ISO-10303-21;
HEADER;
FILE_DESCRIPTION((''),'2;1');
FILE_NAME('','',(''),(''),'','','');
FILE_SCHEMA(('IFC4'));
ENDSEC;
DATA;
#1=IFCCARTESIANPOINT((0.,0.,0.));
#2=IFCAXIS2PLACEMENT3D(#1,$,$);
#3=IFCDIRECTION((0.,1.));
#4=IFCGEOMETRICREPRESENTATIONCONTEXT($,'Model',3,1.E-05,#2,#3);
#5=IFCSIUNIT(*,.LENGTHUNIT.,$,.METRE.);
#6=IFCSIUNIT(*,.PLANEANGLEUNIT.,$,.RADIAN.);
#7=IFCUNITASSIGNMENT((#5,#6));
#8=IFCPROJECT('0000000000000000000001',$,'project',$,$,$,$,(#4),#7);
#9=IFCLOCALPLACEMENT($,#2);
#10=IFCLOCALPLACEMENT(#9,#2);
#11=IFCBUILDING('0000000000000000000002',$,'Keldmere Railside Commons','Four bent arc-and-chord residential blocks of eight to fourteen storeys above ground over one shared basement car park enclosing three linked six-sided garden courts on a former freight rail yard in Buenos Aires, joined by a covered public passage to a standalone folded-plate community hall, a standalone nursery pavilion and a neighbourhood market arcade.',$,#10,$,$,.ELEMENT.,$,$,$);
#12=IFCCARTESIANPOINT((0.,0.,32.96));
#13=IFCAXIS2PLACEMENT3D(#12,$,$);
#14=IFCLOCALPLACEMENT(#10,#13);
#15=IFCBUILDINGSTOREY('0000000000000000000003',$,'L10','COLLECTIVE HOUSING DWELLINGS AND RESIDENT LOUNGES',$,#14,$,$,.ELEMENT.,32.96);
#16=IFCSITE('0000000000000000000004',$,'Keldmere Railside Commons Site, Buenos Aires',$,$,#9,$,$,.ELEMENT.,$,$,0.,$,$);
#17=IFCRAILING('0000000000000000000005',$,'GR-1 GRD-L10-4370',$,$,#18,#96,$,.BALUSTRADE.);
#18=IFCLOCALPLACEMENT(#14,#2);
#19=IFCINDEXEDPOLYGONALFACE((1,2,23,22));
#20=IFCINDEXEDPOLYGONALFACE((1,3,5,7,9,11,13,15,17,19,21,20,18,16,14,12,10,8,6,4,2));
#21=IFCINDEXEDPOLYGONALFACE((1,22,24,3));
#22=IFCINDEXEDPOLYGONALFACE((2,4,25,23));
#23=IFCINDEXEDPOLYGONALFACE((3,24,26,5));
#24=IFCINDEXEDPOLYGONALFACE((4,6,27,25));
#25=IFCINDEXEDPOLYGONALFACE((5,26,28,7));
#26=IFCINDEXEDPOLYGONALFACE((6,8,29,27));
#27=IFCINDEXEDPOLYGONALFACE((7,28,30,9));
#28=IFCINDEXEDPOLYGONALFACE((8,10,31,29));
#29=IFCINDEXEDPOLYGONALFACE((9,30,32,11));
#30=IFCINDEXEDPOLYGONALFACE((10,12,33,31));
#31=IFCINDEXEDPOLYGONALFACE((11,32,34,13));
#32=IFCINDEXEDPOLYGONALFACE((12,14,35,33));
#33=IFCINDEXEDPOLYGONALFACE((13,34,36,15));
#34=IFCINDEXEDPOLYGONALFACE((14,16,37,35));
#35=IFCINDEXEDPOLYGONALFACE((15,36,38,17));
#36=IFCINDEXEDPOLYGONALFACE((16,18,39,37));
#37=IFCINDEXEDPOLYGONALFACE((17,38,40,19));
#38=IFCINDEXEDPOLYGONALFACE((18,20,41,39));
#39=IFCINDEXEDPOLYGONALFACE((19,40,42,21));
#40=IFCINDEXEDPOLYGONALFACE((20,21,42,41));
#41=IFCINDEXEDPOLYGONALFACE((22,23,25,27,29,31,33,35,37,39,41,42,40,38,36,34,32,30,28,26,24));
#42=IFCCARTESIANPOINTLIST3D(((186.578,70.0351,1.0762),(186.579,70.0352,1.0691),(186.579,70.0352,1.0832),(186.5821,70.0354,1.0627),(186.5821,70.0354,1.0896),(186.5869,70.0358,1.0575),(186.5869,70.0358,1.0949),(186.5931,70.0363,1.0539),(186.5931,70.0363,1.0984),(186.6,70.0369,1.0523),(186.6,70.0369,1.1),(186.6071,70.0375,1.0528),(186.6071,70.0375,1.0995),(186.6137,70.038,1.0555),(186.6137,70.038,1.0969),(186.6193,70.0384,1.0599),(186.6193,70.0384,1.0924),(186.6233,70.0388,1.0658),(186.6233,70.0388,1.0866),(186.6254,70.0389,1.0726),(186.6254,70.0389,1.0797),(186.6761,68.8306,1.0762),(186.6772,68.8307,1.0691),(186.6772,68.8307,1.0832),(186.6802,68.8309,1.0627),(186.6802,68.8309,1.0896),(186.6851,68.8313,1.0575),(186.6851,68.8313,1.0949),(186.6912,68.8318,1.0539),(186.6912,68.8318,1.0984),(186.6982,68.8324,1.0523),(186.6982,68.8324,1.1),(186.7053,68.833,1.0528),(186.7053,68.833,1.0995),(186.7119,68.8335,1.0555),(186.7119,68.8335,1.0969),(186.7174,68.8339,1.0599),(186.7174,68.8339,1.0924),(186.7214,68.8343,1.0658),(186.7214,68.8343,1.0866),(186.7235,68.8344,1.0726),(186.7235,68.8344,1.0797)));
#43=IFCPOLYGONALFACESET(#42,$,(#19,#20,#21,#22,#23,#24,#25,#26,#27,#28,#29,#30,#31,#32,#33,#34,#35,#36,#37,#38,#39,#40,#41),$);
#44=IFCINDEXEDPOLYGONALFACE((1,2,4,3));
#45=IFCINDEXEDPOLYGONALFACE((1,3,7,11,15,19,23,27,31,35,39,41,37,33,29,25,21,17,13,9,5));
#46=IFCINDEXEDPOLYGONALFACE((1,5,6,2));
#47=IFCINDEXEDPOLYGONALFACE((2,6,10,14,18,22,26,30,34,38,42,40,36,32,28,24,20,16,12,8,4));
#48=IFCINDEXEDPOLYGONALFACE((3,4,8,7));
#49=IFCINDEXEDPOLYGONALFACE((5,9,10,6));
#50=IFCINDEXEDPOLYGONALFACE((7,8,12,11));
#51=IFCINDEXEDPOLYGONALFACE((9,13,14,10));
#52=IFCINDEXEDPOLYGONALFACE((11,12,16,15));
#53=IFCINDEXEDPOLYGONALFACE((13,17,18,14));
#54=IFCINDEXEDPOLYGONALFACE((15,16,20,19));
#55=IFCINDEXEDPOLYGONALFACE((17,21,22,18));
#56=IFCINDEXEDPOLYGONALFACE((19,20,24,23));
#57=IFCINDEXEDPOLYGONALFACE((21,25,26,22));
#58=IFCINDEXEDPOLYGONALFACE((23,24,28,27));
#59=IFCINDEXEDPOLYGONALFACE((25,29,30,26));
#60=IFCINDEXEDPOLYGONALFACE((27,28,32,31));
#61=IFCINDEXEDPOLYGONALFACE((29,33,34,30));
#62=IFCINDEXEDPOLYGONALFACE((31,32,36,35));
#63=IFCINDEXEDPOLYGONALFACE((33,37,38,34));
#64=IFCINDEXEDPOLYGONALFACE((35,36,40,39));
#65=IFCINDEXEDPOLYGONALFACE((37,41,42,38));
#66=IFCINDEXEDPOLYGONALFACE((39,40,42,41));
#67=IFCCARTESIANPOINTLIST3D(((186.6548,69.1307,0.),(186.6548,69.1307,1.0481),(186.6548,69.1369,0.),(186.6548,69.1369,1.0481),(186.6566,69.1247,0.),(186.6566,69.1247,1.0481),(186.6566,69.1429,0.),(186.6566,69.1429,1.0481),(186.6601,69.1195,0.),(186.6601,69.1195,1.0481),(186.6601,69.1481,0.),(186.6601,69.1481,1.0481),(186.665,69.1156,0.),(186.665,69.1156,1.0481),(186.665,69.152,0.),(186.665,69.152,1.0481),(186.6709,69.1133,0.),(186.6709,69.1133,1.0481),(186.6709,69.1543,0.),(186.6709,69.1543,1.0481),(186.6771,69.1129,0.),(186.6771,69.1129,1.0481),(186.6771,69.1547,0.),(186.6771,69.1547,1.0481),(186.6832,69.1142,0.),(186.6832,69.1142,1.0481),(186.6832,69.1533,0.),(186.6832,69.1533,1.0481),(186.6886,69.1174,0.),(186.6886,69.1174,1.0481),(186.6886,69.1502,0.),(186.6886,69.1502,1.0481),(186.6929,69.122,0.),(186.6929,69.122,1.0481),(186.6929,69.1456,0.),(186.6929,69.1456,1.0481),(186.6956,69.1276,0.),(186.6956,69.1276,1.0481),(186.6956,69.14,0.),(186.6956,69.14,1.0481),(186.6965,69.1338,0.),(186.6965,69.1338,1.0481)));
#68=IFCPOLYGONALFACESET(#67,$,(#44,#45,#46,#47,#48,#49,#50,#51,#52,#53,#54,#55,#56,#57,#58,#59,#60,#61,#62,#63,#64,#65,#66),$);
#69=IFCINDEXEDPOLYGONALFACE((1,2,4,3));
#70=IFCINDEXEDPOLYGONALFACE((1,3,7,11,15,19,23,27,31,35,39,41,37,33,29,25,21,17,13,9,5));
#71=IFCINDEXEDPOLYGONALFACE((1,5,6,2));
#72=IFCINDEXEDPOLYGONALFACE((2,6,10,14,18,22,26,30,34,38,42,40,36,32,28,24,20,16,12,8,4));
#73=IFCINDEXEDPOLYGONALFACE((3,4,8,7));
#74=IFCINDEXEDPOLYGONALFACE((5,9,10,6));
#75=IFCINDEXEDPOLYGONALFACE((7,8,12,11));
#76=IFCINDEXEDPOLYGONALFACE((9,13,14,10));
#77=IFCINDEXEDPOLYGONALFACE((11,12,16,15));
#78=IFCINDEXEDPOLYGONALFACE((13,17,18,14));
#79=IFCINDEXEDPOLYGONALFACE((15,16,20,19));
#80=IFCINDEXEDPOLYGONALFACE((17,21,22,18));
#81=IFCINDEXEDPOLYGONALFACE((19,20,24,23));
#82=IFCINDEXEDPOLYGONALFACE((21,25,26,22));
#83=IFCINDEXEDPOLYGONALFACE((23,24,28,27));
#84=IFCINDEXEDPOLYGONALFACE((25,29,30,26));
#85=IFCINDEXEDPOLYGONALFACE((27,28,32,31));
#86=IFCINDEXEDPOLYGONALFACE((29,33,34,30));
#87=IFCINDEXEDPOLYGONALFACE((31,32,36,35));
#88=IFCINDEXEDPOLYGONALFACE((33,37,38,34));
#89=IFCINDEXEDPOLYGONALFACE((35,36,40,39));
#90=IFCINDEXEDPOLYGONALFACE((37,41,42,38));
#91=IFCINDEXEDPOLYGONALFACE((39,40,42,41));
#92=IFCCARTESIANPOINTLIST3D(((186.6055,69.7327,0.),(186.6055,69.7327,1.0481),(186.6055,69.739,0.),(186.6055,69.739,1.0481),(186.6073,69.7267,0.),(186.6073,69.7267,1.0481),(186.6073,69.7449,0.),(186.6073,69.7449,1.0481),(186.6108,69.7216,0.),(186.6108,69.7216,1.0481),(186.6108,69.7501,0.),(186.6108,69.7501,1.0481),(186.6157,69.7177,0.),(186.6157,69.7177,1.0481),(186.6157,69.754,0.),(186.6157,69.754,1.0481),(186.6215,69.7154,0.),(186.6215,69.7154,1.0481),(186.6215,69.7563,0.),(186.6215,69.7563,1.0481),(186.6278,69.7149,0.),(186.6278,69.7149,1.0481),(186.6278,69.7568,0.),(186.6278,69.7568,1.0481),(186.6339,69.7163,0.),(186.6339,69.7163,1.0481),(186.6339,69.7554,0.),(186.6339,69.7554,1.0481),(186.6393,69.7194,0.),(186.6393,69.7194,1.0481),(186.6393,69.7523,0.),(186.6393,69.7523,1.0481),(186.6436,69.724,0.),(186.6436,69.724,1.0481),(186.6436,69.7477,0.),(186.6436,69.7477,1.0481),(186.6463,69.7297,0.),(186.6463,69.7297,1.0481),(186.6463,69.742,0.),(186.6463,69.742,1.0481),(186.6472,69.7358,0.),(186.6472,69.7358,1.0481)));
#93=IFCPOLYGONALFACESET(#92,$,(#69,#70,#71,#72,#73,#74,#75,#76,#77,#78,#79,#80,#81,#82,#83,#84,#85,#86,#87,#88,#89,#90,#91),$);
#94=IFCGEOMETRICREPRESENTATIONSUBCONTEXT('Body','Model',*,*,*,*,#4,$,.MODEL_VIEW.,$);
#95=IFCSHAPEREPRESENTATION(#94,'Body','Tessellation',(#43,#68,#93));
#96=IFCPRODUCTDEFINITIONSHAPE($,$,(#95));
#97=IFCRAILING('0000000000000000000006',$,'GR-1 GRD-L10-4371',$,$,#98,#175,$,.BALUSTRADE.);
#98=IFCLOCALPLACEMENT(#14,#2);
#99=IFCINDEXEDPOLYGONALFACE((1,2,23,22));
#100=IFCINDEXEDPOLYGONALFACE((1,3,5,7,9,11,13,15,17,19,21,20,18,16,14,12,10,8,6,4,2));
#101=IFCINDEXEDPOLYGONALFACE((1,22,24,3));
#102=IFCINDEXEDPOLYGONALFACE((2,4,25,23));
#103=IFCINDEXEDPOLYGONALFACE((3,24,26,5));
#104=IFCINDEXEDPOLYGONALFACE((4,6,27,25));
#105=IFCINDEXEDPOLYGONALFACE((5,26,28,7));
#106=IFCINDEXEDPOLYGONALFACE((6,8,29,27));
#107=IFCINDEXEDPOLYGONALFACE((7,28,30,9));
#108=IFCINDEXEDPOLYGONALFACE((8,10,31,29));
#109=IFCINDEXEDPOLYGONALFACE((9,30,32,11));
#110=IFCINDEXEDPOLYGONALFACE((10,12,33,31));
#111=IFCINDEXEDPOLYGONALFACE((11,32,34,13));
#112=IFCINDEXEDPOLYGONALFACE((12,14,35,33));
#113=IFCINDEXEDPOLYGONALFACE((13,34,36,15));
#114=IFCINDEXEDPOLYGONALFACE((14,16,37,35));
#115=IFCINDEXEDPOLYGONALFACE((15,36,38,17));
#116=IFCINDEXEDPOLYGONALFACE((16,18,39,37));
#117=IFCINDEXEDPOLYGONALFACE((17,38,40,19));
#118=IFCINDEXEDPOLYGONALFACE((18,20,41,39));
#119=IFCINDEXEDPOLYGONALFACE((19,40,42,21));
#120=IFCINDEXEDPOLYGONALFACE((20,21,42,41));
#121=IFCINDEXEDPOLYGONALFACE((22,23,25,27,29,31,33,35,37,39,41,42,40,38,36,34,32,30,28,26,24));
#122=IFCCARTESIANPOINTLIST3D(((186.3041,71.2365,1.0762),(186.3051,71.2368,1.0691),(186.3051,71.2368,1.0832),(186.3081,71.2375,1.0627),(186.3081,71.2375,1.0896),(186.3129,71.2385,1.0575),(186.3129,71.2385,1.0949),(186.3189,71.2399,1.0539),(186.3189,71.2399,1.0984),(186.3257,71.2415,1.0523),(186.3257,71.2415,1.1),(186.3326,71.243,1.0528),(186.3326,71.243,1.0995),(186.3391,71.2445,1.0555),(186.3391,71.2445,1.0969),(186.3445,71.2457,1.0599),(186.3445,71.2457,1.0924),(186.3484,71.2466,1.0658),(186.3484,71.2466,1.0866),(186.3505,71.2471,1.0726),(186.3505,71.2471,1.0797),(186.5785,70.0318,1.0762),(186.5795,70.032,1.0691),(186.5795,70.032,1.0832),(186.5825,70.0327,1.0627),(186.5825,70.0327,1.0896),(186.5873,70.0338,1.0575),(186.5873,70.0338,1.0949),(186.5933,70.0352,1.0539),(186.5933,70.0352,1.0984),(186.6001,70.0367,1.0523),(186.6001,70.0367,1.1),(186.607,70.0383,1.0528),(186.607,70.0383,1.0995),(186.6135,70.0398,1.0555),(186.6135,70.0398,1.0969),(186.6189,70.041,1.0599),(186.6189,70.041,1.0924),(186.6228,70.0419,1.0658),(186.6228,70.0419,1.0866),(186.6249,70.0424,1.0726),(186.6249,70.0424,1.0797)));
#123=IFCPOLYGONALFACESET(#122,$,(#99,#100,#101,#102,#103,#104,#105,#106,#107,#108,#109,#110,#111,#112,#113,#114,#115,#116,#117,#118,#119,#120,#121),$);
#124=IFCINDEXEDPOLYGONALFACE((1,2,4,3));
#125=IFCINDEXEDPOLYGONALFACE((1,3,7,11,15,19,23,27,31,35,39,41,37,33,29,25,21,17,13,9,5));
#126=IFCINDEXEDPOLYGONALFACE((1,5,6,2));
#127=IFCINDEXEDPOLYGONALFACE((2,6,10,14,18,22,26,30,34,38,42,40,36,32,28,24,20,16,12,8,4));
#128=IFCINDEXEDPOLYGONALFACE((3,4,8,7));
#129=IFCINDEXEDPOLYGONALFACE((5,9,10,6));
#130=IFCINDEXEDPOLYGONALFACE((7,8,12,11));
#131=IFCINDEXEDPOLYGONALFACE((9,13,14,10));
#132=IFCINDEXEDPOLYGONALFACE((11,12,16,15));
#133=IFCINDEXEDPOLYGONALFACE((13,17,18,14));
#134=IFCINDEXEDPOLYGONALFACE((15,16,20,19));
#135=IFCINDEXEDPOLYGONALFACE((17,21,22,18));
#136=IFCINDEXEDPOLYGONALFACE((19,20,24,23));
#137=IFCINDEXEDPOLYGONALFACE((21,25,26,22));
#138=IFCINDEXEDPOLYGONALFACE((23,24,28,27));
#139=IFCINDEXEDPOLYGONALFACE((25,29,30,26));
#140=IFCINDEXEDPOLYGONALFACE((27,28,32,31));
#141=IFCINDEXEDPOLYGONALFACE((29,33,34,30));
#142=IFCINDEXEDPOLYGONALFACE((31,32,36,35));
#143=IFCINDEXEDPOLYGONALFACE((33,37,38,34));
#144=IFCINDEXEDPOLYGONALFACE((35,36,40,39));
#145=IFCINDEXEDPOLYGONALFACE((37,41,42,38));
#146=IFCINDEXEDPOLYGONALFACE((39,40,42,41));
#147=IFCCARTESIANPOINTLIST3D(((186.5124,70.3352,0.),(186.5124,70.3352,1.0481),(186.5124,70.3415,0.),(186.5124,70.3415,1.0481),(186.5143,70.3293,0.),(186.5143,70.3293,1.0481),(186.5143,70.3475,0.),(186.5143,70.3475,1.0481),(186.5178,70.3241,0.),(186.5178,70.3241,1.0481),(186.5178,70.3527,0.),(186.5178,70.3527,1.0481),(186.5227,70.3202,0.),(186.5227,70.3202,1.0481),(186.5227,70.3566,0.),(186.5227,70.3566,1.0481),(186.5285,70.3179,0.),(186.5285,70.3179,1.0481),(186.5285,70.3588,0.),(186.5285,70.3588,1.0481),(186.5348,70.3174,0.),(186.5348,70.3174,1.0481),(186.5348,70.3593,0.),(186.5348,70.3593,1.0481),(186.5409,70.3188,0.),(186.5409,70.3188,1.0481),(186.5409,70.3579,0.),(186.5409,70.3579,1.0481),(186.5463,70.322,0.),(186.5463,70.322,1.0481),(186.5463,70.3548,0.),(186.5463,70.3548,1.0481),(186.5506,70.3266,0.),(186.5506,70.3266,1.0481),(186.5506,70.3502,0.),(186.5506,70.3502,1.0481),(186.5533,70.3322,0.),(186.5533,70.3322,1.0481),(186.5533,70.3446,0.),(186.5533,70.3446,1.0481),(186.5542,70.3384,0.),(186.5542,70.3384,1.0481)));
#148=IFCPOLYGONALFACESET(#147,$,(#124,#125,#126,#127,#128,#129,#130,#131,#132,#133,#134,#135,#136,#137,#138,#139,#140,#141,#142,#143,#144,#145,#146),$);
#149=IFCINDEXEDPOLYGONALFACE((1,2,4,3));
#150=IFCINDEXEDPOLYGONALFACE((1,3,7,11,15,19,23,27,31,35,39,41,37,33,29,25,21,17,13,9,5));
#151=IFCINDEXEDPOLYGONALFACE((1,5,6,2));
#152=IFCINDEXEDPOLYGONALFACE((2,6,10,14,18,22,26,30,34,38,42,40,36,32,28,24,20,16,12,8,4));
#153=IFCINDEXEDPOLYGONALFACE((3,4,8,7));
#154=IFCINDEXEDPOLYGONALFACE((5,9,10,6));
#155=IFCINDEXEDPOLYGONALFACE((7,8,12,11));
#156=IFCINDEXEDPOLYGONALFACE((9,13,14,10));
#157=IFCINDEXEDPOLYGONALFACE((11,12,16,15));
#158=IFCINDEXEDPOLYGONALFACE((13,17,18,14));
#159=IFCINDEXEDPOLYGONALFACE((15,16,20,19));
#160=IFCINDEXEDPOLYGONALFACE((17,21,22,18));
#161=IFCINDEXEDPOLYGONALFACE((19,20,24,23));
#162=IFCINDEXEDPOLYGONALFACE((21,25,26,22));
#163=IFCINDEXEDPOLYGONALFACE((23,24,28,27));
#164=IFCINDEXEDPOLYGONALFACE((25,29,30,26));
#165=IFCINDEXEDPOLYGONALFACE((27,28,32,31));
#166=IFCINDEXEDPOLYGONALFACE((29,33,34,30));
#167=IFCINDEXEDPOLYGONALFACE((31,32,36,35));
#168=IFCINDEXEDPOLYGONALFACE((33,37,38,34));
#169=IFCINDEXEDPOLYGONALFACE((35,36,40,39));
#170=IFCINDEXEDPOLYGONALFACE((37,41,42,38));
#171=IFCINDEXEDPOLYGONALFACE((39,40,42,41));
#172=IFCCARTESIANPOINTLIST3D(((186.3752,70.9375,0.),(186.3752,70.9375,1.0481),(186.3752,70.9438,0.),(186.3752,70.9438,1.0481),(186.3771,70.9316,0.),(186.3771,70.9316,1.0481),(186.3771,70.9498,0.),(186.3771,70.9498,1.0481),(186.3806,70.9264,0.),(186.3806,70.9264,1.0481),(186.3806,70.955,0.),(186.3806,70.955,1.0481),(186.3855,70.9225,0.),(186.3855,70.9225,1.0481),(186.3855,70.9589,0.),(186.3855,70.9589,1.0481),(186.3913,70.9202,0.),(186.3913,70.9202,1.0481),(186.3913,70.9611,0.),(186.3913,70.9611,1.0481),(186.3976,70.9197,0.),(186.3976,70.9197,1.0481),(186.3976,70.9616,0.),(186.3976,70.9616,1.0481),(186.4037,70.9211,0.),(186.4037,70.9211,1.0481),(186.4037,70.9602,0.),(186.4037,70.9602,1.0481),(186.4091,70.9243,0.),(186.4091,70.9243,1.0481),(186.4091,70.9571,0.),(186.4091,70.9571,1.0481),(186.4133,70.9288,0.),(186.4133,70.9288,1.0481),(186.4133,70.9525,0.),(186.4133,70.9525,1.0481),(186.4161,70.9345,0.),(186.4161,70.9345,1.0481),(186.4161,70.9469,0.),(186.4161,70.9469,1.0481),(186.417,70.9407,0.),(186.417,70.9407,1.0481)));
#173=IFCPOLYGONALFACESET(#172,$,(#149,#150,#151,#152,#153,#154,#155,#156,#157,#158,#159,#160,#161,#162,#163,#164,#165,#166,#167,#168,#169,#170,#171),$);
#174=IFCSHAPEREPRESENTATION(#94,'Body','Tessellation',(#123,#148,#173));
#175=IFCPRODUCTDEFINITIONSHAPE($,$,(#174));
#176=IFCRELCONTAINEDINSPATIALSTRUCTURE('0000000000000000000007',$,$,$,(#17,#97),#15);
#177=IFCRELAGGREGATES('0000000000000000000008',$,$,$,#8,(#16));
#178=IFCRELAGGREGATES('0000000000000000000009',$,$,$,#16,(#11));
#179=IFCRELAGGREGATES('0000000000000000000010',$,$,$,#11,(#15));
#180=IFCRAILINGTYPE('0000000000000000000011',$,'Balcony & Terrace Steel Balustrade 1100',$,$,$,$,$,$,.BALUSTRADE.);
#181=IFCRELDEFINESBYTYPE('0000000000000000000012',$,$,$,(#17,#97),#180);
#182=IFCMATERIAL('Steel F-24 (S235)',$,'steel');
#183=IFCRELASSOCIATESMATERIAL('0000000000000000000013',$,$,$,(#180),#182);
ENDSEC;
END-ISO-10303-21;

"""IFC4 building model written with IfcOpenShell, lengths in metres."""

from ifc_helpers import new_model, si_unit, direction, frame, origin, origin_2d, place, context, subcontext, project, spatial, circle, extrude, material, type_object, element, save


model = new_model("IFC4")

# Units and contexts
model_context = context("Model", 3, precision=1e-05, world=origin(), true_north=direction((0.0, 1.0)))
body_context = subcontext(model_context, "Body", "Model", "MODEL_VIEW")
ifc_project = project(units=[si_unit("LENGTHUNIT", "METRE"), si_unit("PLANEANGLEUNIT", "RADIAN")], contexts=[model_context])

# Site, building, storey
site_placement = place(None, origin())
site = spatial("IfcSite", under=ifc_project, at=site_placement, Name="Keldmere Railside Commons Site, Buenos Aires", CompositionType="ELEMENT", RefElevation=0.0)
building_placement = place(site_placement, origin())
building = spatial("IfcBuilding", under=site, at=building_placement, Name="Keldmere Railside Commons", Description="Four bent arc-and-chord residential blocks of eight to fourteen storeys above ground over one shared basement car park enclosing three linked six-sided garden courts on a former freight rail yard in Buenos Aires, joined by a covered public passage to a standalone folded-plate community hall, a standalone nursery pavilion and a neighbourhood market arcade.", CompositionType="ELEMENT")
storey_placement = place(building_placement, frame((0.0, 0.0, 32.96)))
storey = spatial("IfcBuildingStorey", under=building, at=storey_placement, Name="L10", Description="COLLECTIVE HOUSING DWELLINGS AND RESIDENT LOUNGES", CompositionType="ELEMENT", Elevation=32.96)

# Shared definitions
ifc_material_1 = material(Name="Steel F-24 (S235)", Category="steel")

# Railings
railing_type_1 = type_object("IfcRailingType", Name="Balcony & Terrace Steel Balustrade 1100", PredefinedType="BALUSTRADE", material=ifc_material_1)
railing_1_placement = place(storey_placement, frame((186.7, 68.8325, 0.0)))
element("IfcRailing", 1, at=railing_1_placement, inside=storey, type_object=railing_type_1, Name="GR-1 GRD-L10-4370", PredefinedType="BALUSTRADE", context=body_context, shape_type="SweptSolid", body=[
    extrude(circle(Radius=0.0239, at=origin_2d()), frame((0.0, 0.0, 1.0762), z_axis=(-0.081206, 0.996697, 0.0), x_axis=(-0.996697, -0.081206, 0.0)), (0.0, 0.0, 1.0), 1.2085),
    extrude(circle(Radius=0.021, at=origin_2d()), frame((-0.0244, 0.3013, 0.0)), (0.0, 0.0, 1.0), 1.0481),
    extrude(circle(Radius=0.021, at=origin_2d()), frame((-0.0737, 0.9033, 0.0)), (0.0, 0.0, 1.0), 1.0481),
])
railing_2_placement = place(storey_placement, frame((186.6018, 70.0371, 0.0)))
element("IfcRailing", 2, at=railing_2_placement, inside=storey, type_object=railing_type_1, Name="GR-1 GRD-L10-4371", PredefinedType="BALUSTRADE", context=body_context, shape_type="SweptSolid", body=[
    extrude(circle(Radius=0.0239, at=origin_2d()), frame((0.0, 0.0, 1.0762), z_axis=(-0.222074, 0.97503, 0.0), x_axis=(-0.97503, -0.222074, 0.0)), (0.0, 0.0, 1.0), 1.2356),
    extrude(circle(Radius=0.021, at=origin_2d()), frame((-0.0686, 0.3013, 0.0)), (0.0, 0.0, 1.0), 1.0481),
    extrude(circle(Radius=0.021, at=origin_2d()), frame((-0.2058, 0.9036, 0.0)), (0.0, 0.0, 1.0), 1.0481),
])

save(model, "model.ifc")
